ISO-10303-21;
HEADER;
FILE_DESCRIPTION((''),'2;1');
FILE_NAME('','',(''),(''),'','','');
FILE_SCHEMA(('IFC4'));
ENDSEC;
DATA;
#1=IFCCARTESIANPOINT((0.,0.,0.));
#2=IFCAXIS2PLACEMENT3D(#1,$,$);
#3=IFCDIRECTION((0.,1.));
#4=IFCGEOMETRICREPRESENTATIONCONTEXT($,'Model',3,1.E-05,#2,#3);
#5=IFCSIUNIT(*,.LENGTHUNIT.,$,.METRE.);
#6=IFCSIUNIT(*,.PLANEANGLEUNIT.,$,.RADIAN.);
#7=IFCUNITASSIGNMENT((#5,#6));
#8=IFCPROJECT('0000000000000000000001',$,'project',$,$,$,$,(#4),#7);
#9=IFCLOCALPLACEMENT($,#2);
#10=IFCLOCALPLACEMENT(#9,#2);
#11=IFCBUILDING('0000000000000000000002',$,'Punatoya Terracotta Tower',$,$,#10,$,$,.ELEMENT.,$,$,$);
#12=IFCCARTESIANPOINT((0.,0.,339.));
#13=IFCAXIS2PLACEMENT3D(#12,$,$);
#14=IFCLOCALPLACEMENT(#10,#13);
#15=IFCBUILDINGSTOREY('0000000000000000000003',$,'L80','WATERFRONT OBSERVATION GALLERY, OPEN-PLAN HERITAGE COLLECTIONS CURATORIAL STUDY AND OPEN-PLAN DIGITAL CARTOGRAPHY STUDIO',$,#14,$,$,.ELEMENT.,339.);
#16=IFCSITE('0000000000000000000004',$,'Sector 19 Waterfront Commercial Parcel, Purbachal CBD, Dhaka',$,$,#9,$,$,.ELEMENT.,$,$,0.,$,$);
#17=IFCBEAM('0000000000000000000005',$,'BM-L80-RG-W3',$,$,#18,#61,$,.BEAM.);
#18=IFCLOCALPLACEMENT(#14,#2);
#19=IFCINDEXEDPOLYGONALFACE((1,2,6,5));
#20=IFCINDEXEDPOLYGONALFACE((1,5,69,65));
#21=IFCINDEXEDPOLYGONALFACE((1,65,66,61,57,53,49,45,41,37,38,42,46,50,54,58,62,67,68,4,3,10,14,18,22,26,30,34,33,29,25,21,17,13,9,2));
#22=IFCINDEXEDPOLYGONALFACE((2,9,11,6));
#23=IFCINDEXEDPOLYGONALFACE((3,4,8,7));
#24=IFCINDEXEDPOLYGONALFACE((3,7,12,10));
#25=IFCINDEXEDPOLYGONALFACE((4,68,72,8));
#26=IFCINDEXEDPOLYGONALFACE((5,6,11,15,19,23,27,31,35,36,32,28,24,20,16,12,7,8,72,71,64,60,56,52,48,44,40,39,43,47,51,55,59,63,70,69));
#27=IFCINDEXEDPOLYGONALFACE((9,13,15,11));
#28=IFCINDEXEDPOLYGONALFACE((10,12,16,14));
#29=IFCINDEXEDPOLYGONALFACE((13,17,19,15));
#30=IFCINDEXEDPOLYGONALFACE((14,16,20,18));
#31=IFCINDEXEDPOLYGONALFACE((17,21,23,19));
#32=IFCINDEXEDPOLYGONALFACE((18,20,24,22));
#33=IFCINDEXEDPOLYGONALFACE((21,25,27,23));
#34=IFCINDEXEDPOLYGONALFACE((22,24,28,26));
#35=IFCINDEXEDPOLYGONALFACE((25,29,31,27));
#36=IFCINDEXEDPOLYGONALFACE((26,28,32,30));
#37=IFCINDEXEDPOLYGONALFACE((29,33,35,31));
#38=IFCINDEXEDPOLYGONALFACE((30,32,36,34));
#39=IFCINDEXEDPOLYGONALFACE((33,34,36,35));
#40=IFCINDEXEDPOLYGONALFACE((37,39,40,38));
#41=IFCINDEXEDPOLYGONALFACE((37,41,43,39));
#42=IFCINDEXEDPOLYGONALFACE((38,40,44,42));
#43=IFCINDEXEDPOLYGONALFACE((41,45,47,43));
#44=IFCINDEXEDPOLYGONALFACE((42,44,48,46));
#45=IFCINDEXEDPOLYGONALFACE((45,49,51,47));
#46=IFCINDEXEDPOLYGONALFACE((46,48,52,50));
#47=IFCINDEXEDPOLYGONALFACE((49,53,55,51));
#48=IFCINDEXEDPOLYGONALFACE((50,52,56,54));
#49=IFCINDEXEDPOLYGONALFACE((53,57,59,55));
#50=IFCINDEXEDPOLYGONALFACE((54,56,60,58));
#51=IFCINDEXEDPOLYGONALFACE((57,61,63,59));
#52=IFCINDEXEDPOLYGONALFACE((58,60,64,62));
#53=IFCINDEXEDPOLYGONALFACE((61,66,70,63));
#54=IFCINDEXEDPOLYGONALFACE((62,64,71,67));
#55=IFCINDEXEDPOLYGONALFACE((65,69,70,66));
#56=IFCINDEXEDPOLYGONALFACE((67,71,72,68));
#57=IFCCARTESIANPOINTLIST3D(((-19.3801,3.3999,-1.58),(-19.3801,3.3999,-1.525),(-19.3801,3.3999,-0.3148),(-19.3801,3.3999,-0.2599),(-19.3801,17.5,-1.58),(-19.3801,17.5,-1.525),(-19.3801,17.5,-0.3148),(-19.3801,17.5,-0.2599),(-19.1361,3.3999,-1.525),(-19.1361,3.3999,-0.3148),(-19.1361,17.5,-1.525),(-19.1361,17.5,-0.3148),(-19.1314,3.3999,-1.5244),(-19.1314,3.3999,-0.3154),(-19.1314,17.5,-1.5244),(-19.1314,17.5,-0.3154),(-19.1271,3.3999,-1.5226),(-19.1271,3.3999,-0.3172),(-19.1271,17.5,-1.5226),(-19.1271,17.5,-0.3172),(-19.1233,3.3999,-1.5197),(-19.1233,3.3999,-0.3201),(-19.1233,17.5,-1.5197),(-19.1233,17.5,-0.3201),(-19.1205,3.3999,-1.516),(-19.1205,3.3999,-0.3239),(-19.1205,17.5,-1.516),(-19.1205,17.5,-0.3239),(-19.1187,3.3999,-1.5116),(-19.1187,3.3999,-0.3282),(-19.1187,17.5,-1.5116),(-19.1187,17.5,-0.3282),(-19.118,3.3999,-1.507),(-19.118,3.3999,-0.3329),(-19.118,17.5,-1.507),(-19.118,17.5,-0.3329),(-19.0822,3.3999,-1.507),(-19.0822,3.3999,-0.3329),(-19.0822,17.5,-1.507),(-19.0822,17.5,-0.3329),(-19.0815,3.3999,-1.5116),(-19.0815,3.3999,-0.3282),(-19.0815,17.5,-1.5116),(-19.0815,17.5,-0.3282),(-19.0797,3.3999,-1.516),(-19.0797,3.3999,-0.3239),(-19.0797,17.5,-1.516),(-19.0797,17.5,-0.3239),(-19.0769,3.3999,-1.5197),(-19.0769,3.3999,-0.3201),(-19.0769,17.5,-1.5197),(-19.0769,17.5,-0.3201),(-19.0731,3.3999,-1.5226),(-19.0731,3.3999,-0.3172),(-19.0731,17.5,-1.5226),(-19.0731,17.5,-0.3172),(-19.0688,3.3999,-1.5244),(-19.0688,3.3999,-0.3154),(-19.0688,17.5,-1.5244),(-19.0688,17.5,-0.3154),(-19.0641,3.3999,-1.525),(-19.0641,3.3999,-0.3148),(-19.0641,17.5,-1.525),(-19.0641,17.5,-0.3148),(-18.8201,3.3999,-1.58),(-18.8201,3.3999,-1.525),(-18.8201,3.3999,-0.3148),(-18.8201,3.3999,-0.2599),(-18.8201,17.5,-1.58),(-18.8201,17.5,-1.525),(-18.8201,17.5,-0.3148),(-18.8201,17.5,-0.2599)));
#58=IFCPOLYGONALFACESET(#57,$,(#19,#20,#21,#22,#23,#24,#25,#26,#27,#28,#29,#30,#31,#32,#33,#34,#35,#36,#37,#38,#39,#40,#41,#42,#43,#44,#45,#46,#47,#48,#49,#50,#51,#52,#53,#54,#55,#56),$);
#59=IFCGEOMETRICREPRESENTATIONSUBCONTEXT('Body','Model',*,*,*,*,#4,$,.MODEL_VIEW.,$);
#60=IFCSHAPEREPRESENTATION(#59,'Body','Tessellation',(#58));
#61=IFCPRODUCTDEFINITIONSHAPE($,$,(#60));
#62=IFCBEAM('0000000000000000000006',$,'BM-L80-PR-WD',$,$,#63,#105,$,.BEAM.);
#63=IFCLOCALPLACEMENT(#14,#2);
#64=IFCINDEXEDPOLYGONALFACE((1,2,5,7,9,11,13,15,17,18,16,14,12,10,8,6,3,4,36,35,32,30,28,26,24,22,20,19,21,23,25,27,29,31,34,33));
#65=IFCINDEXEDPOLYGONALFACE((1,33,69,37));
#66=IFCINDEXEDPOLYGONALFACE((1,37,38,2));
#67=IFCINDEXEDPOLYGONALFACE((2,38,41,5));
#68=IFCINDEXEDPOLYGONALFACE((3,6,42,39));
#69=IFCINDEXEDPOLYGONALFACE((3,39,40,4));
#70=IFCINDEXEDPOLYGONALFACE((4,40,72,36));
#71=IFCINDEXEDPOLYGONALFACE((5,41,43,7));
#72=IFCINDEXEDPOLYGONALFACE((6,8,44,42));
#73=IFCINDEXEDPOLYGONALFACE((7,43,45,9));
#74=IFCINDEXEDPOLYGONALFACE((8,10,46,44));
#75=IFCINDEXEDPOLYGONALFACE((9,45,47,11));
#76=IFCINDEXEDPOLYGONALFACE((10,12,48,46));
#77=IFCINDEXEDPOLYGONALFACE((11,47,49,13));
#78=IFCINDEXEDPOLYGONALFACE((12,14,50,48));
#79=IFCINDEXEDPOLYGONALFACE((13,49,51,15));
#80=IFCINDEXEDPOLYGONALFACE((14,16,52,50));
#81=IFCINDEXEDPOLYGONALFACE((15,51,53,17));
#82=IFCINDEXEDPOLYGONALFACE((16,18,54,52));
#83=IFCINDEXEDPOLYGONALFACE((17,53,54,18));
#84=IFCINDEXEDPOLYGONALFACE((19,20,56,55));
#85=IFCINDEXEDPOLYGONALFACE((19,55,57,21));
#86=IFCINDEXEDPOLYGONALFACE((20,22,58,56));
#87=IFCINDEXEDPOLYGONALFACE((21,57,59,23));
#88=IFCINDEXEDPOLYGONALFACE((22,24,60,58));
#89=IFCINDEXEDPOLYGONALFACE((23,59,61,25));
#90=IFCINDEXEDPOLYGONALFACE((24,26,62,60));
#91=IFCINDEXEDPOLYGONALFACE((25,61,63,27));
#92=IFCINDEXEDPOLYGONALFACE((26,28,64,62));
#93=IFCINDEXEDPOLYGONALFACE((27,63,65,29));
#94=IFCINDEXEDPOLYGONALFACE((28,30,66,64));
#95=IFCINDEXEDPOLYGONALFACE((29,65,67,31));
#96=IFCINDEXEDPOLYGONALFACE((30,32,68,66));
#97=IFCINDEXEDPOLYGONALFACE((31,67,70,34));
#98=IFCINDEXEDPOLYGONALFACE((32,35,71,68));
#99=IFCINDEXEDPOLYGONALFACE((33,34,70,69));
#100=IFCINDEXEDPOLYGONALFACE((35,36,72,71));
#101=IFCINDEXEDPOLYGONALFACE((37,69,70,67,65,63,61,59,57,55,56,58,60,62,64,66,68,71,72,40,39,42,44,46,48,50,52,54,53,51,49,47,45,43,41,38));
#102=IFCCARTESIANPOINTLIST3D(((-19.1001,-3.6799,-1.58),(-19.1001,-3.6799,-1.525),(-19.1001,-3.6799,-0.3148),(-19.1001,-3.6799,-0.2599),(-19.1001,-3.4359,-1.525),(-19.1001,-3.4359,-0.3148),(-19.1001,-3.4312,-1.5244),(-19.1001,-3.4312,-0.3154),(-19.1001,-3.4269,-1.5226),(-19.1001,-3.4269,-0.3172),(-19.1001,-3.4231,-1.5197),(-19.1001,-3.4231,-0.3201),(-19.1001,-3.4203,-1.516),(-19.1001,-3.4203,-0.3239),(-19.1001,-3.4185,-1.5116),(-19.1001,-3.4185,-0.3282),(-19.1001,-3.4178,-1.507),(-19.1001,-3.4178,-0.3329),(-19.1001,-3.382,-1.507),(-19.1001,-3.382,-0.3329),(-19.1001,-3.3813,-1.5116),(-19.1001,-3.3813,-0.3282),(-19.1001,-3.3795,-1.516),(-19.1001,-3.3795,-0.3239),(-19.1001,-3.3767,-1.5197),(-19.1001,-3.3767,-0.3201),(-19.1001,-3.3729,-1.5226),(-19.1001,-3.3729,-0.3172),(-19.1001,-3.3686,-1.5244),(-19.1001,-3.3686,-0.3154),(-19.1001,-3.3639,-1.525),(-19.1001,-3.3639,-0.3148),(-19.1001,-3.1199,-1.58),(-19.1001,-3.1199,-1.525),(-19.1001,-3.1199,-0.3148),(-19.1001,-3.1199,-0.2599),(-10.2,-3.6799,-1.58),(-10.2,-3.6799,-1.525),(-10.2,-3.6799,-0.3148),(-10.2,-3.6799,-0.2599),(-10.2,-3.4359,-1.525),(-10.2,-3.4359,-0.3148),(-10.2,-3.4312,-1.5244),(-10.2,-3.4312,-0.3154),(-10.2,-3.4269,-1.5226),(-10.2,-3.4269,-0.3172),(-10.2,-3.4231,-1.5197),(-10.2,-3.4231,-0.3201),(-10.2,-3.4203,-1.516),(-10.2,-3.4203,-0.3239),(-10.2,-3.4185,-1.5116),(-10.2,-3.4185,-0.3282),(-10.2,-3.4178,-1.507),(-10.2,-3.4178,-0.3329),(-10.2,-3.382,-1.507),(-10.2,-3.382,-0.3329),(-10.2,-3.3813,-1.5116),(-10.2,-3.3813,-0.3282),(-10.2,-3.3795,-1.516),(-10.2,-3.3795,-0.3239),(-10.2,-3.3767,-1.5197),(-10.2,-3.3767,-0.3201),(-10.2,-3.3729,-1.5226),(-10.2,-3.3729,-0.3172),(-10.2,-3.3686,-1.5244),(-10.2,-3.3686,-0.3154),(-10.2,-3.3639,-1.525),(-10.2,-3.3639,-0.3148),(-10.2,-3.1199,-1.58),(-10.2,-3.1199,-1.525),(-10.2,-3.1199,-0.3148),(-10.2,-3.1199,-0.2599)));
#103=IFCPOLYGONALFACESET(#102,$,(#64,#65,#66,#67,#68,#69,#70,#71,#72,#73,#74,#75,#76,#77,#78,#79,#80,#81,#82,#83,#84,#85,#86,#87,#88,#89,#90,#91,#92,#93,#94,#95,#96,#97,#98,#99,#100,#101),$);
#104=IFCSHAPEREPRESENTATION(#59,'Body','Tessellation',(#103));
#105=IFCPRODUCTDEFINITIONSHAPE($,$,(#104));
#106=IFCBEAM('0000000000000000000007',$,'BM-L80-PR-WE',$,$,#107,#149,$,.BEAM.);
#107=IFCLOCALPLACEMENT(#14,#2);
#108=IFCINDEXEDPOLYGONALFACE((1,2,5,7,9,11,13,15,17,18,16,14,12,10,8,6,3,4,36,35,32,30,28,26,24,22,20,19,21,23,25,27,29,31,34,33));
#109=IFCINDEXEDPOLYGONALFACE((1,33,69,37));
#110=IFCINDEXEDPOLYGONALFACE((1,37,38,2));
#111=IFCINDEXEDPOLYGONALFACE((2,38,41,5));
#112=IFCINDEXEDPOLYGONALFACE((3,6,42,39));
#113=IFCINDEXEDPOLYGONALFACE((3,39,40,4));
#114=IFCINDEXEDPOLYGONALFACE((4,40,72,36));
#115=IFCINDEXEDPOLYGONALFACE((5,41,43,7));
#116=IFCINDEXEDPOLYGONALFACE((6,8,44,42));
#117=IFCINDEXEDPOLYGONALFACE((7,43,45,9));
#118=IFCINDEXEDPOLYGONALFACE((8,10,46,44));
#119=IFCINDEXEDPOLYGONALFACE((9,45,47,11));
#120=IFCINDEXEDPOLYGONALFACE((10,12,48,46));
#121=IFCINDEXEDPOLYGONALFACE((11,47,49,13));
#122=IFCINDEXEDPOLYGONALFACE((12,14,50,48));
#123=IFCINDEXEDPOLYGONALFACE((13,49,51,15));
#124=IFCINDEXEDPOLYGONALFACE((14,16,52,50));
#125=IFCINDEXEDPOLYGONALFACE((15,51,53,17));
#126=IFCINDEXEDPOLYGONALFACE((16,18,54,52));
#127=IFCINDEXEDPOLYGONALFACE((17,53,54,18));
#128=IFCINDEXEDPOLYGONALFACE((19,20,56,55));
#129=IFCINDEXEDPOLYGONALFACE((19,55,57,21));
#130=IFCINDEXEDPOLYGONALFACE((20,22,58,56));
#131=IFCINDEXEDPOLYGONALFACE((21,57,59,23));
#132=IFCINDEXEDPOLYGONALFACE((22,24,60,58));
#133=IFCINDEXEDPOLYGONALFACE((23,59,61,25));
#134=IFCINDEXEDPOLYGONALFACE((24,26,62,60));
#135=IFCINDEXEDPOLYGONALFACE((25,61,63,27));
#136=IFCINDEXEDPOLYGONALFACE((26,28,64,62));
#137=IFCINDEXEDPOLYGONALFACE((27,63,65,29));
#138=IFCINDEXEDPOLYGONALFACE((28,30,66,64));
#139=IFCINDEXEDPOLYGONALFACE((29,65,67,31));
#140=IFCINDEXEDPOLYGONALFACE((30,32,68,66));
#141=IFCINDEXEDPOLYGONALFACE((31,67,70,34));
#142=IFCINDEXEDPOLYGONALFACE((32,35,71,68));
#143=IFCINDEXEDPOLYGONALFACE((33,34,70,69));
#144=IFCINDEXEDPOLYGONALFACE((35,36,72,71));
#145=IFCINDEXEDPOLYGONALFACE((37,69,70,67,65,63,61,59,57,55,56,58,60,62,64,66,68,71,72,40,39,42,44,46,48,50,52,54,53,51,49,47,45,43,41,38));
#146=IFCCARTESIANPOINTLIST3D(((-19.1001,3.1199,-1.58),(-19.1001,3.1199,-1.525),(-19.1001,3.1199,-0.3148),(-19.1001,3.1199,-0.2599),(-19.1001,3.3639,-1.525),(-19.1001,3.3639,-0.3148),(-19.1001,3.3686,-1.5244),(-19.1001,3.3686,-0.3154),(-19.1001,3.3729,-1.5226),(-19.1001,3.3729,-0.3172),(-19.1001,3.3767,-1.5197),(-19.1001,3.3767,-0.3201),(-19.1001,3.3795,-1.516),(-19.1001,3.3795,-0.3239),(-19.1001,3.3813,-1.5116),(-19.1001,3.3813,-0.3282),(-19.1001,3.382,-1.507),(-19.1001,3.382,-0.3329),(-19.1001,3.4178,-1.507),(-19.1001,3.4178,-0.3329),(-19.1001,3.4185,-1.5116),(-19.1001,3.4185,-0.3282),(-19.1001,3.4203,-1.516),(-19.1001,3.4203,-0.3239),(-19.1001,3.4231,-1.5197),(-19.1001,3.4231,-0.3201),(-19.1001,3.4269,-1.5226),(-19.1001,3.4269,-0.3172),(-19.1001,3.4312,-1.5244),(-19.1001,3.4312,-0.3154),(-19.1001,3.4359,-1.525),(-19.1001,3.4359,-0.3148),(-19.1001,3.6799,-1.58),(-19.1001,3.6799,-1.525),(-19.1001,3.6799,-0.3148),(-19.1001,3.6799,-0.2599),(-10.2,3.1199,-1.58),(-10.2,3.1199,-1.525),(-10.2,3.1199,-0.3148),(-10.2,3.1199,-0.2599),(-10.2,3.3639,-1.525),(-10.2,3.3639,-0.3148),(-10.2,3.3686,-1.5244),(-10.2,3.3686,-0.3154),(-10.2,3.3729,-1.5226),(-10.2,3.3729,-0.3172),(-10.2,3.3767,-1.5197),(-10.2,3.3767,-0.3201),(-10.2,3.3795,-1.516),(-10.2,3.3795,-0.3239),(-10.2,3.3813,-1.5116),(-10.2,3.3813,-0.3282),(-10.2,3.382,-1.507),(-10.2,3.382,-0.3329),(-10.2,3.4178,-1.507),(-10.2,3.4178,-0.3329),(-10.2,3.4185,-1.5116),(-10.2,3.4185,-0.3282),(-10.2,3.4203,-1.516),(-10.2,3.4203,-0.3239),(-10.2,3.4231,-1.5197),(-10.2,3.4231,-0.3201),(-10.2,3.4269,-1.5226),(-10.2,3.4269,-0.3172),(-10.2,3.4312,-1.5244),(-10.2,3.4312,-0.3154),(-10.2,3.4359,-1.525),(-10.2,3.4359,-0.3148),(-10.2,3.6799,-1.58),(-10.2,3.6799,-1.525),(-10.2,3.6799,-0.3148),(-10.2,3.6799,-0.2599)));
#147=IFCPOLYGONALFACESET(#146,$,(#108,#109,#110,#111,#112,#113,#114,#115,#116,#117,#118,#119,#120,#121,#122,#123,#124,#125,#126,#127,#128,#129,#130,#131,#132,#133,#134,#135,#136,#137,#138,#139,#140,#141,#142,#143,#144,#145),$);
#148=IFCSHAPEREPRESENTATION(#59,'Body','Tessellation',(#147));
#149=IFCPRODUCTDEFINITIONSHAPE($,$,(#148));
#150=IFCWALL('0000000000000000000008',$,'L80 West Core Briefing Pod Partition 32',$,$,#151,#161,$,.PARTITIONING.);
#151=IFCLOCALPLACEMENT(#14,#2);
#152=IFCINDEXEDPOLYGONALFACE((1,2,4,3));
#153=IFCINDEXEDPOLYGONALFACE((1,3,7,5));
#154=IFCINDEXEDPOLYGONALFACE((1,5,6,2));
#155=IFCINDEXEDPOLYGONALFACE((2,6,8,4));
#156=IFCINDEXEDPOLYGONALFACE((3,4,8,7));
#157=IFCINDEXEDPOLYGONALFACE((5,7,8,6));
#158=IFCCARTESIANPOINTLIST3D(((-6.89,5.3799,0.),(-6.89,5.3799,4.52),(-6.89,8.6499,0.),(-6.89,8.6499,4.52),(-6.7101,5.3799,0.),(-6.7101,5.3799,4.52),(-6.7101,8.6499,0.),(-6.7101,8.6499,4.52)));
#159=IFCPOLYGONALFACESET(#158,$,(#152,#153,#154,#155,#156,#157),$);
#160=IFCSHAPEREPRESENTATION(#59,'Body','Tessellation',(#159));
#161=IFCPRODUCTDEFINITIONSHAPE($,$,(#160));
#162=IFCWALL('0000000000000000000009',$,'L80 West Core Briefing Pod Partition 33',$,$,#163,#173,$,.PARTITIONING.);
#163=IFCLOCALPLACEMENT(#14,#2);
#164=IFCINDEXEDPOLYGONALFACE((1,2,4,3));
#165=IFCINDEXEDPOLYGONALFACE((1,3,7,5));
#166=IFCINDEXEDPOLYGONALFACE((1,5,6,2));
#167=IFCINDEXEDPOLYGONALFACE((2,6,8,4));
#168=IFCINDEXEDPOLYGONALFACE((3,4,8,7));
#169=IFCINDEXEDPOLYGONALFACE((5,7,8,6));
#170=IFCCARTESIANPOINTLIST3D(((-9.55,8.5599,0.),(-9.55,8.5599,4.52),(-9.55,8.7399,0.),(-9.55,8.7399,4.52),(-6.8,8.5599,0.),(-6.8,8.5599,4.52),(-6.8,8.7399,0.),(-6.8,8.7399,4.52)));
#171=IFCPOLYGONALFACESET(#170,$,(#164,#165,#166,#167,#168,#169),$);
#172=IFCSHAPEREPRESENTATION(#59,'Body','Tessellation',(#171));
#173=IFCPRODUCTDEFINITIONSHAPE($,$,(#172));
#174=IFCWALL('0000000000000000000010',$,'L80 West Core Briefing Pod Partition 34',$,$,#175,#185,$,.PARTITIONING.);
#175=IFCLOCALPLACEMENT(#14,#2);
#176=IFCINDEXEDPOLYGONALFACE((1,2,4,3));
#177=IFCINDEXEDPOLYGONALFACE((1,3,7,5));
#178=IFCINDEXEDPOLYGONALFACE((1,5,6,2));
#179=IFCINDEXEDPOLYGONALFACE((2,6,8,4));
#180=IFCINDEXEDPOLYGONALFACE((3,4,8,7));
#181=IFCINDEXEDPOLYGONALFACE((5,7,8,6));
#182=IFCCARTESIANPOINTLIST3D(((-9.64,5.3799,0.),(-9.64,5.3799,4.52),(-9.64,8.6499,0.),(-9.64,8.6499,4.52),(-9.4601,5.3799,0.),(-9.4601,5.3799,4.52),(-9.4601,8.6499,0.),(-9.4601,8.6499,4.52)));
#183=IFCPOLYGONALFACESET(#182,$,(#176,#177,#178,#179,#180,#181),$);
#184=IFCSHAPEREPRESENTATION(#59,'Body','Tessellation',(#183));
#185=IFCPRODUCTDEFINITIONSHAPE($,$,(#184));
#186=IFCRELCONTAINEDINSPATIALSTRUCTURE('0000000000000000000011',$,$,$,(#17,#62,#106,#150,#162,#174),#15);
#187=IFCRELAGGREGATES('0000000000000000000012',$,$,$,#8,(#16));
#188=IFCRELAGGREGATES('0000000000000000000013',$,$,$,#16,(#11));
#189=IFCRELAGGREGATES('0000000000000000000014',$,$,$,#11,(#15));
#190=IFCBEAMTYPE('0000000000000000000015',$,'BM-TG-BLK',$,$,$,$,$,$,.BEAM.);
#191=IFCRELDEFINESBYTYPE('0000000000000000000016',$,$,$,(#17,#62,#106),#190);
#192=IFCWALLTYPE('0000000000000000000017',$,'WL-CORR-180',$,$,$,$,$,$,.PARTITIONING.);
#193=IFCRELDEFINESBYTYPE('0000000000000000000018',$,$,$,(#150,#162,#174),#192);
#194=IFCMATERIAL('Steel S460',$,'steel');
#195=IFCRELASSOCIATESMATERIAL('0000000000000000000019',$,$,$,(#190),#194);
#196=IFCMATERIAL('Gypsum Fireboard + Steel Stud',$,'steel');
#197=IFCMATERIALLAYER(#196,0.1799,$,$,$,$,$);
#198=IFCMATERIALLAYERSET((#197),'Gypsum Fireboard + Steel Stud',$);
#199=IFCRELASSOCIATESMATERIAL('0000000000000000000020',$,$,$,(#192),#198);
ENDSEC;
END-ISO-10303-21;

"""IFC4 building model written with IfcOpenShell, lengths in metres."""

from ifc_helpers import new_model, si_unit, direction, frame, frame_2d, origin, origin_2d, place, context, subcontext, project, spatial, rectangle, i_section, extrude, material, layer, layer_set, material_profile, profile_set, type_object, element, save


model = new_model("IFC4")

# Units and contexts
model_context = context("Model", 3, precision=1e-05, world=origin(), true_north=direction((0.0, 1.0)))
body_context = subcontext(model_context, "Body", "Model", "MODEL_VIEW")
ifc_project = project(units=[si_unit("LENGTHUNIT", "METRE"), si_unit("PLANEANGLEUNIT", "RADIAN")], contexts=[model_context])

# Site, building, storey
site_placement = place(None, origin())
site = spatial("IfcSite", under=ifc_project, at=site_placement, Name="Sector 19 Waterfront Commercial Parcel, Purbachal CBD, Dhaka", CompositionType="ELEMENT", RefElevation=0.0)
building_placement = place(site_placement, origin())
building = spatial("IfcBuilding", under=site, at=building_placement, Name="Punatoya Terracotta Tower", CompositionType="ELEMENT")
storey_placement = place(building_placement, frame((0.0, 0.0, 339.0)))
storey = spatial("IfcBuildingStorey", under=building, at=storey_placement, Name="L80", Description="WATERFRONT OBSERVATION GALLERY, OPEN-PLAN HERITAGE COLLECTIONS CURATORIAL STUDY AND OPEN-PLAN DIGITAL CARTOGRAPHY STUDIO", CompositionType="ELEMENT", Elevation=339.0)

# Shared definitions
ifc_material_1 = material(Name="Steel S460", Category="steel")

# Beams
ifc_material_profile_1 = material_profile(ifc_material_1, i_section(OverallWidth=0.5601, OverallDepth=1.3201, WebThickness=0.0359, FlangeThickness=0.0549, FilletRadius=0.0181, at=origin_2d()))
ifc_profile_set_1 = profile_set([ifc_material_profile_1], Name="Steel S460")
beam_type_1 = type_object("IfcBeamType", Name="BM-TG-BLK", PredefinedType="BEAM", material=ifc_profile_set_1)
beam_1_placement = place(storey_placement, frame((-19.1001, 3.3999, -0.9199), z_axis=(0.0, 1.0, 0.0), x_axis=(-1.0, 0.0, 0.0)))
element("IfcBeam", 1, at=beam_1_placement, inside=storey, type_object=beam_type_1, Name="BM-L80-RG-W3", PredefinedType="BEAM", context=body_context, shape_type="SweptSolid", body=[
    extrude(i_section(OverallWidth=0.5601, OverallDepth=1.3201, WebThickness=0.0359, FlangeThickness=0.0549, FilletRadius=0.0181, at=origin_2d()), origin(), (0.0, 0.0, 1.0), 14.1001),
])
for number, where, z_axis, x_axis, name in (
    (2, (-19.1001, -3.3999, -0.9199), (1.0, 0.0, 0.0), (0.0, 1.0, 0.0), "BM-L80-PR-WD"),
    (3, (-19.1001, 3.3999, -0.9199), (1.0, 0.0, 0.0), (0.0, 1.0, 0.0), "BM-L80-PR-WE"),
):
    element("IfcBeam", number, at=place(storey_placement, frame(where, z_axis=z_axis, x_axis=x_axis)), inside=storey, type_object=beam_type_1, Name=name, PredefinedType="BEAM", context=body_context, shape_type="SweptSolid", body=[
        extrude(i_section(OverallWidth=0.5601, OverallDepth=1.3201, WebThickness=0.0359, FlangeThickness=0.0549, FilletRadius=0.0181, at=origin_2d()), origin(), (0.0, 0.0, 1.0), 8.9001),
    ])

# Walls
ifc_material_2 = material(Name="Gypsum Fireboard + Steel Stud", Category="steel")
ifc_layer_1 = layer(ifc_material_2, 0.1799)
ifc_layer_set_1 = layer_set([ifc_layer_1], Name="Gypsum Fireboard + Steel Stud")
wall_type_1 = type_object("IfcWallType", Name="WL-CORR-180", PredefinedType="PARTITIONING", material=ifc_layer_set_1)
wall_1_placement = place(storey_placement, frame((-6.8, 5.3799, 0.0), z_axis=(0.0, 0.0, 1.0), x_axis=(0.0, 1.0, 0.0)))
element("IfcWall", 4, at=wall_1_placement, inside=storey, type_object=wall_type_1, Name="L80 West Core Briefing Pod Partition 32", PredefinedType="PARTITIONING", context=body_context, shape_type="SweptSolid", body=[
    extrude(rectangle(XDim=3.27, YDim=0.1799, at=frame_2d((1.635, 0.0))), origin(), (0.0, 0.0, 1.0), 4.52),
])
wall_2_placement = place(storey_placement, frame((-6.8, 8.6499, 0.0), z_axis=(0.0, 0.0, 1.0), x_axis=(-1.0, 0.0, 0.0)))
element("IfcWall", 5, at=wall_2_placement, inside=storey, type_object=wall_type_1, Name="L80 West Core Briefing Pod Partition 33", PredefinedType="PARTITIONING", context=body_context, shape_type="SweptSolid", body=[
    extrude(rectangle(XDim=2.75, YDim=0.1799, at=frame_2d((1.375, 0.0))), origin(), (0.0, 0.0, 1.0), 4.52),
])
wall_3_placement = place(storey_placement, frame((-9.55, 8.6499, 0.0), z_axis=(0.0, 0.0, 1.0), x_axis=(0.0, -1.0, 0.0)))
element("IfcWall", 6, at=wall_3_placement, inside=storey, type_object=wall_type_1, Name="L80 West Core Briefing Pod Partition 34", PredefinedType="PARTITIONING", context=body_context, shape_type="SweptSolid", body=[
    extrude(rectangle(XDim=3.27, YDim=0.1799, at=frame_2d((1.635, 0.0))), origin(), (0.0, 0.0, 1.0), 4.52),
])

save(model, "model.ifc")
